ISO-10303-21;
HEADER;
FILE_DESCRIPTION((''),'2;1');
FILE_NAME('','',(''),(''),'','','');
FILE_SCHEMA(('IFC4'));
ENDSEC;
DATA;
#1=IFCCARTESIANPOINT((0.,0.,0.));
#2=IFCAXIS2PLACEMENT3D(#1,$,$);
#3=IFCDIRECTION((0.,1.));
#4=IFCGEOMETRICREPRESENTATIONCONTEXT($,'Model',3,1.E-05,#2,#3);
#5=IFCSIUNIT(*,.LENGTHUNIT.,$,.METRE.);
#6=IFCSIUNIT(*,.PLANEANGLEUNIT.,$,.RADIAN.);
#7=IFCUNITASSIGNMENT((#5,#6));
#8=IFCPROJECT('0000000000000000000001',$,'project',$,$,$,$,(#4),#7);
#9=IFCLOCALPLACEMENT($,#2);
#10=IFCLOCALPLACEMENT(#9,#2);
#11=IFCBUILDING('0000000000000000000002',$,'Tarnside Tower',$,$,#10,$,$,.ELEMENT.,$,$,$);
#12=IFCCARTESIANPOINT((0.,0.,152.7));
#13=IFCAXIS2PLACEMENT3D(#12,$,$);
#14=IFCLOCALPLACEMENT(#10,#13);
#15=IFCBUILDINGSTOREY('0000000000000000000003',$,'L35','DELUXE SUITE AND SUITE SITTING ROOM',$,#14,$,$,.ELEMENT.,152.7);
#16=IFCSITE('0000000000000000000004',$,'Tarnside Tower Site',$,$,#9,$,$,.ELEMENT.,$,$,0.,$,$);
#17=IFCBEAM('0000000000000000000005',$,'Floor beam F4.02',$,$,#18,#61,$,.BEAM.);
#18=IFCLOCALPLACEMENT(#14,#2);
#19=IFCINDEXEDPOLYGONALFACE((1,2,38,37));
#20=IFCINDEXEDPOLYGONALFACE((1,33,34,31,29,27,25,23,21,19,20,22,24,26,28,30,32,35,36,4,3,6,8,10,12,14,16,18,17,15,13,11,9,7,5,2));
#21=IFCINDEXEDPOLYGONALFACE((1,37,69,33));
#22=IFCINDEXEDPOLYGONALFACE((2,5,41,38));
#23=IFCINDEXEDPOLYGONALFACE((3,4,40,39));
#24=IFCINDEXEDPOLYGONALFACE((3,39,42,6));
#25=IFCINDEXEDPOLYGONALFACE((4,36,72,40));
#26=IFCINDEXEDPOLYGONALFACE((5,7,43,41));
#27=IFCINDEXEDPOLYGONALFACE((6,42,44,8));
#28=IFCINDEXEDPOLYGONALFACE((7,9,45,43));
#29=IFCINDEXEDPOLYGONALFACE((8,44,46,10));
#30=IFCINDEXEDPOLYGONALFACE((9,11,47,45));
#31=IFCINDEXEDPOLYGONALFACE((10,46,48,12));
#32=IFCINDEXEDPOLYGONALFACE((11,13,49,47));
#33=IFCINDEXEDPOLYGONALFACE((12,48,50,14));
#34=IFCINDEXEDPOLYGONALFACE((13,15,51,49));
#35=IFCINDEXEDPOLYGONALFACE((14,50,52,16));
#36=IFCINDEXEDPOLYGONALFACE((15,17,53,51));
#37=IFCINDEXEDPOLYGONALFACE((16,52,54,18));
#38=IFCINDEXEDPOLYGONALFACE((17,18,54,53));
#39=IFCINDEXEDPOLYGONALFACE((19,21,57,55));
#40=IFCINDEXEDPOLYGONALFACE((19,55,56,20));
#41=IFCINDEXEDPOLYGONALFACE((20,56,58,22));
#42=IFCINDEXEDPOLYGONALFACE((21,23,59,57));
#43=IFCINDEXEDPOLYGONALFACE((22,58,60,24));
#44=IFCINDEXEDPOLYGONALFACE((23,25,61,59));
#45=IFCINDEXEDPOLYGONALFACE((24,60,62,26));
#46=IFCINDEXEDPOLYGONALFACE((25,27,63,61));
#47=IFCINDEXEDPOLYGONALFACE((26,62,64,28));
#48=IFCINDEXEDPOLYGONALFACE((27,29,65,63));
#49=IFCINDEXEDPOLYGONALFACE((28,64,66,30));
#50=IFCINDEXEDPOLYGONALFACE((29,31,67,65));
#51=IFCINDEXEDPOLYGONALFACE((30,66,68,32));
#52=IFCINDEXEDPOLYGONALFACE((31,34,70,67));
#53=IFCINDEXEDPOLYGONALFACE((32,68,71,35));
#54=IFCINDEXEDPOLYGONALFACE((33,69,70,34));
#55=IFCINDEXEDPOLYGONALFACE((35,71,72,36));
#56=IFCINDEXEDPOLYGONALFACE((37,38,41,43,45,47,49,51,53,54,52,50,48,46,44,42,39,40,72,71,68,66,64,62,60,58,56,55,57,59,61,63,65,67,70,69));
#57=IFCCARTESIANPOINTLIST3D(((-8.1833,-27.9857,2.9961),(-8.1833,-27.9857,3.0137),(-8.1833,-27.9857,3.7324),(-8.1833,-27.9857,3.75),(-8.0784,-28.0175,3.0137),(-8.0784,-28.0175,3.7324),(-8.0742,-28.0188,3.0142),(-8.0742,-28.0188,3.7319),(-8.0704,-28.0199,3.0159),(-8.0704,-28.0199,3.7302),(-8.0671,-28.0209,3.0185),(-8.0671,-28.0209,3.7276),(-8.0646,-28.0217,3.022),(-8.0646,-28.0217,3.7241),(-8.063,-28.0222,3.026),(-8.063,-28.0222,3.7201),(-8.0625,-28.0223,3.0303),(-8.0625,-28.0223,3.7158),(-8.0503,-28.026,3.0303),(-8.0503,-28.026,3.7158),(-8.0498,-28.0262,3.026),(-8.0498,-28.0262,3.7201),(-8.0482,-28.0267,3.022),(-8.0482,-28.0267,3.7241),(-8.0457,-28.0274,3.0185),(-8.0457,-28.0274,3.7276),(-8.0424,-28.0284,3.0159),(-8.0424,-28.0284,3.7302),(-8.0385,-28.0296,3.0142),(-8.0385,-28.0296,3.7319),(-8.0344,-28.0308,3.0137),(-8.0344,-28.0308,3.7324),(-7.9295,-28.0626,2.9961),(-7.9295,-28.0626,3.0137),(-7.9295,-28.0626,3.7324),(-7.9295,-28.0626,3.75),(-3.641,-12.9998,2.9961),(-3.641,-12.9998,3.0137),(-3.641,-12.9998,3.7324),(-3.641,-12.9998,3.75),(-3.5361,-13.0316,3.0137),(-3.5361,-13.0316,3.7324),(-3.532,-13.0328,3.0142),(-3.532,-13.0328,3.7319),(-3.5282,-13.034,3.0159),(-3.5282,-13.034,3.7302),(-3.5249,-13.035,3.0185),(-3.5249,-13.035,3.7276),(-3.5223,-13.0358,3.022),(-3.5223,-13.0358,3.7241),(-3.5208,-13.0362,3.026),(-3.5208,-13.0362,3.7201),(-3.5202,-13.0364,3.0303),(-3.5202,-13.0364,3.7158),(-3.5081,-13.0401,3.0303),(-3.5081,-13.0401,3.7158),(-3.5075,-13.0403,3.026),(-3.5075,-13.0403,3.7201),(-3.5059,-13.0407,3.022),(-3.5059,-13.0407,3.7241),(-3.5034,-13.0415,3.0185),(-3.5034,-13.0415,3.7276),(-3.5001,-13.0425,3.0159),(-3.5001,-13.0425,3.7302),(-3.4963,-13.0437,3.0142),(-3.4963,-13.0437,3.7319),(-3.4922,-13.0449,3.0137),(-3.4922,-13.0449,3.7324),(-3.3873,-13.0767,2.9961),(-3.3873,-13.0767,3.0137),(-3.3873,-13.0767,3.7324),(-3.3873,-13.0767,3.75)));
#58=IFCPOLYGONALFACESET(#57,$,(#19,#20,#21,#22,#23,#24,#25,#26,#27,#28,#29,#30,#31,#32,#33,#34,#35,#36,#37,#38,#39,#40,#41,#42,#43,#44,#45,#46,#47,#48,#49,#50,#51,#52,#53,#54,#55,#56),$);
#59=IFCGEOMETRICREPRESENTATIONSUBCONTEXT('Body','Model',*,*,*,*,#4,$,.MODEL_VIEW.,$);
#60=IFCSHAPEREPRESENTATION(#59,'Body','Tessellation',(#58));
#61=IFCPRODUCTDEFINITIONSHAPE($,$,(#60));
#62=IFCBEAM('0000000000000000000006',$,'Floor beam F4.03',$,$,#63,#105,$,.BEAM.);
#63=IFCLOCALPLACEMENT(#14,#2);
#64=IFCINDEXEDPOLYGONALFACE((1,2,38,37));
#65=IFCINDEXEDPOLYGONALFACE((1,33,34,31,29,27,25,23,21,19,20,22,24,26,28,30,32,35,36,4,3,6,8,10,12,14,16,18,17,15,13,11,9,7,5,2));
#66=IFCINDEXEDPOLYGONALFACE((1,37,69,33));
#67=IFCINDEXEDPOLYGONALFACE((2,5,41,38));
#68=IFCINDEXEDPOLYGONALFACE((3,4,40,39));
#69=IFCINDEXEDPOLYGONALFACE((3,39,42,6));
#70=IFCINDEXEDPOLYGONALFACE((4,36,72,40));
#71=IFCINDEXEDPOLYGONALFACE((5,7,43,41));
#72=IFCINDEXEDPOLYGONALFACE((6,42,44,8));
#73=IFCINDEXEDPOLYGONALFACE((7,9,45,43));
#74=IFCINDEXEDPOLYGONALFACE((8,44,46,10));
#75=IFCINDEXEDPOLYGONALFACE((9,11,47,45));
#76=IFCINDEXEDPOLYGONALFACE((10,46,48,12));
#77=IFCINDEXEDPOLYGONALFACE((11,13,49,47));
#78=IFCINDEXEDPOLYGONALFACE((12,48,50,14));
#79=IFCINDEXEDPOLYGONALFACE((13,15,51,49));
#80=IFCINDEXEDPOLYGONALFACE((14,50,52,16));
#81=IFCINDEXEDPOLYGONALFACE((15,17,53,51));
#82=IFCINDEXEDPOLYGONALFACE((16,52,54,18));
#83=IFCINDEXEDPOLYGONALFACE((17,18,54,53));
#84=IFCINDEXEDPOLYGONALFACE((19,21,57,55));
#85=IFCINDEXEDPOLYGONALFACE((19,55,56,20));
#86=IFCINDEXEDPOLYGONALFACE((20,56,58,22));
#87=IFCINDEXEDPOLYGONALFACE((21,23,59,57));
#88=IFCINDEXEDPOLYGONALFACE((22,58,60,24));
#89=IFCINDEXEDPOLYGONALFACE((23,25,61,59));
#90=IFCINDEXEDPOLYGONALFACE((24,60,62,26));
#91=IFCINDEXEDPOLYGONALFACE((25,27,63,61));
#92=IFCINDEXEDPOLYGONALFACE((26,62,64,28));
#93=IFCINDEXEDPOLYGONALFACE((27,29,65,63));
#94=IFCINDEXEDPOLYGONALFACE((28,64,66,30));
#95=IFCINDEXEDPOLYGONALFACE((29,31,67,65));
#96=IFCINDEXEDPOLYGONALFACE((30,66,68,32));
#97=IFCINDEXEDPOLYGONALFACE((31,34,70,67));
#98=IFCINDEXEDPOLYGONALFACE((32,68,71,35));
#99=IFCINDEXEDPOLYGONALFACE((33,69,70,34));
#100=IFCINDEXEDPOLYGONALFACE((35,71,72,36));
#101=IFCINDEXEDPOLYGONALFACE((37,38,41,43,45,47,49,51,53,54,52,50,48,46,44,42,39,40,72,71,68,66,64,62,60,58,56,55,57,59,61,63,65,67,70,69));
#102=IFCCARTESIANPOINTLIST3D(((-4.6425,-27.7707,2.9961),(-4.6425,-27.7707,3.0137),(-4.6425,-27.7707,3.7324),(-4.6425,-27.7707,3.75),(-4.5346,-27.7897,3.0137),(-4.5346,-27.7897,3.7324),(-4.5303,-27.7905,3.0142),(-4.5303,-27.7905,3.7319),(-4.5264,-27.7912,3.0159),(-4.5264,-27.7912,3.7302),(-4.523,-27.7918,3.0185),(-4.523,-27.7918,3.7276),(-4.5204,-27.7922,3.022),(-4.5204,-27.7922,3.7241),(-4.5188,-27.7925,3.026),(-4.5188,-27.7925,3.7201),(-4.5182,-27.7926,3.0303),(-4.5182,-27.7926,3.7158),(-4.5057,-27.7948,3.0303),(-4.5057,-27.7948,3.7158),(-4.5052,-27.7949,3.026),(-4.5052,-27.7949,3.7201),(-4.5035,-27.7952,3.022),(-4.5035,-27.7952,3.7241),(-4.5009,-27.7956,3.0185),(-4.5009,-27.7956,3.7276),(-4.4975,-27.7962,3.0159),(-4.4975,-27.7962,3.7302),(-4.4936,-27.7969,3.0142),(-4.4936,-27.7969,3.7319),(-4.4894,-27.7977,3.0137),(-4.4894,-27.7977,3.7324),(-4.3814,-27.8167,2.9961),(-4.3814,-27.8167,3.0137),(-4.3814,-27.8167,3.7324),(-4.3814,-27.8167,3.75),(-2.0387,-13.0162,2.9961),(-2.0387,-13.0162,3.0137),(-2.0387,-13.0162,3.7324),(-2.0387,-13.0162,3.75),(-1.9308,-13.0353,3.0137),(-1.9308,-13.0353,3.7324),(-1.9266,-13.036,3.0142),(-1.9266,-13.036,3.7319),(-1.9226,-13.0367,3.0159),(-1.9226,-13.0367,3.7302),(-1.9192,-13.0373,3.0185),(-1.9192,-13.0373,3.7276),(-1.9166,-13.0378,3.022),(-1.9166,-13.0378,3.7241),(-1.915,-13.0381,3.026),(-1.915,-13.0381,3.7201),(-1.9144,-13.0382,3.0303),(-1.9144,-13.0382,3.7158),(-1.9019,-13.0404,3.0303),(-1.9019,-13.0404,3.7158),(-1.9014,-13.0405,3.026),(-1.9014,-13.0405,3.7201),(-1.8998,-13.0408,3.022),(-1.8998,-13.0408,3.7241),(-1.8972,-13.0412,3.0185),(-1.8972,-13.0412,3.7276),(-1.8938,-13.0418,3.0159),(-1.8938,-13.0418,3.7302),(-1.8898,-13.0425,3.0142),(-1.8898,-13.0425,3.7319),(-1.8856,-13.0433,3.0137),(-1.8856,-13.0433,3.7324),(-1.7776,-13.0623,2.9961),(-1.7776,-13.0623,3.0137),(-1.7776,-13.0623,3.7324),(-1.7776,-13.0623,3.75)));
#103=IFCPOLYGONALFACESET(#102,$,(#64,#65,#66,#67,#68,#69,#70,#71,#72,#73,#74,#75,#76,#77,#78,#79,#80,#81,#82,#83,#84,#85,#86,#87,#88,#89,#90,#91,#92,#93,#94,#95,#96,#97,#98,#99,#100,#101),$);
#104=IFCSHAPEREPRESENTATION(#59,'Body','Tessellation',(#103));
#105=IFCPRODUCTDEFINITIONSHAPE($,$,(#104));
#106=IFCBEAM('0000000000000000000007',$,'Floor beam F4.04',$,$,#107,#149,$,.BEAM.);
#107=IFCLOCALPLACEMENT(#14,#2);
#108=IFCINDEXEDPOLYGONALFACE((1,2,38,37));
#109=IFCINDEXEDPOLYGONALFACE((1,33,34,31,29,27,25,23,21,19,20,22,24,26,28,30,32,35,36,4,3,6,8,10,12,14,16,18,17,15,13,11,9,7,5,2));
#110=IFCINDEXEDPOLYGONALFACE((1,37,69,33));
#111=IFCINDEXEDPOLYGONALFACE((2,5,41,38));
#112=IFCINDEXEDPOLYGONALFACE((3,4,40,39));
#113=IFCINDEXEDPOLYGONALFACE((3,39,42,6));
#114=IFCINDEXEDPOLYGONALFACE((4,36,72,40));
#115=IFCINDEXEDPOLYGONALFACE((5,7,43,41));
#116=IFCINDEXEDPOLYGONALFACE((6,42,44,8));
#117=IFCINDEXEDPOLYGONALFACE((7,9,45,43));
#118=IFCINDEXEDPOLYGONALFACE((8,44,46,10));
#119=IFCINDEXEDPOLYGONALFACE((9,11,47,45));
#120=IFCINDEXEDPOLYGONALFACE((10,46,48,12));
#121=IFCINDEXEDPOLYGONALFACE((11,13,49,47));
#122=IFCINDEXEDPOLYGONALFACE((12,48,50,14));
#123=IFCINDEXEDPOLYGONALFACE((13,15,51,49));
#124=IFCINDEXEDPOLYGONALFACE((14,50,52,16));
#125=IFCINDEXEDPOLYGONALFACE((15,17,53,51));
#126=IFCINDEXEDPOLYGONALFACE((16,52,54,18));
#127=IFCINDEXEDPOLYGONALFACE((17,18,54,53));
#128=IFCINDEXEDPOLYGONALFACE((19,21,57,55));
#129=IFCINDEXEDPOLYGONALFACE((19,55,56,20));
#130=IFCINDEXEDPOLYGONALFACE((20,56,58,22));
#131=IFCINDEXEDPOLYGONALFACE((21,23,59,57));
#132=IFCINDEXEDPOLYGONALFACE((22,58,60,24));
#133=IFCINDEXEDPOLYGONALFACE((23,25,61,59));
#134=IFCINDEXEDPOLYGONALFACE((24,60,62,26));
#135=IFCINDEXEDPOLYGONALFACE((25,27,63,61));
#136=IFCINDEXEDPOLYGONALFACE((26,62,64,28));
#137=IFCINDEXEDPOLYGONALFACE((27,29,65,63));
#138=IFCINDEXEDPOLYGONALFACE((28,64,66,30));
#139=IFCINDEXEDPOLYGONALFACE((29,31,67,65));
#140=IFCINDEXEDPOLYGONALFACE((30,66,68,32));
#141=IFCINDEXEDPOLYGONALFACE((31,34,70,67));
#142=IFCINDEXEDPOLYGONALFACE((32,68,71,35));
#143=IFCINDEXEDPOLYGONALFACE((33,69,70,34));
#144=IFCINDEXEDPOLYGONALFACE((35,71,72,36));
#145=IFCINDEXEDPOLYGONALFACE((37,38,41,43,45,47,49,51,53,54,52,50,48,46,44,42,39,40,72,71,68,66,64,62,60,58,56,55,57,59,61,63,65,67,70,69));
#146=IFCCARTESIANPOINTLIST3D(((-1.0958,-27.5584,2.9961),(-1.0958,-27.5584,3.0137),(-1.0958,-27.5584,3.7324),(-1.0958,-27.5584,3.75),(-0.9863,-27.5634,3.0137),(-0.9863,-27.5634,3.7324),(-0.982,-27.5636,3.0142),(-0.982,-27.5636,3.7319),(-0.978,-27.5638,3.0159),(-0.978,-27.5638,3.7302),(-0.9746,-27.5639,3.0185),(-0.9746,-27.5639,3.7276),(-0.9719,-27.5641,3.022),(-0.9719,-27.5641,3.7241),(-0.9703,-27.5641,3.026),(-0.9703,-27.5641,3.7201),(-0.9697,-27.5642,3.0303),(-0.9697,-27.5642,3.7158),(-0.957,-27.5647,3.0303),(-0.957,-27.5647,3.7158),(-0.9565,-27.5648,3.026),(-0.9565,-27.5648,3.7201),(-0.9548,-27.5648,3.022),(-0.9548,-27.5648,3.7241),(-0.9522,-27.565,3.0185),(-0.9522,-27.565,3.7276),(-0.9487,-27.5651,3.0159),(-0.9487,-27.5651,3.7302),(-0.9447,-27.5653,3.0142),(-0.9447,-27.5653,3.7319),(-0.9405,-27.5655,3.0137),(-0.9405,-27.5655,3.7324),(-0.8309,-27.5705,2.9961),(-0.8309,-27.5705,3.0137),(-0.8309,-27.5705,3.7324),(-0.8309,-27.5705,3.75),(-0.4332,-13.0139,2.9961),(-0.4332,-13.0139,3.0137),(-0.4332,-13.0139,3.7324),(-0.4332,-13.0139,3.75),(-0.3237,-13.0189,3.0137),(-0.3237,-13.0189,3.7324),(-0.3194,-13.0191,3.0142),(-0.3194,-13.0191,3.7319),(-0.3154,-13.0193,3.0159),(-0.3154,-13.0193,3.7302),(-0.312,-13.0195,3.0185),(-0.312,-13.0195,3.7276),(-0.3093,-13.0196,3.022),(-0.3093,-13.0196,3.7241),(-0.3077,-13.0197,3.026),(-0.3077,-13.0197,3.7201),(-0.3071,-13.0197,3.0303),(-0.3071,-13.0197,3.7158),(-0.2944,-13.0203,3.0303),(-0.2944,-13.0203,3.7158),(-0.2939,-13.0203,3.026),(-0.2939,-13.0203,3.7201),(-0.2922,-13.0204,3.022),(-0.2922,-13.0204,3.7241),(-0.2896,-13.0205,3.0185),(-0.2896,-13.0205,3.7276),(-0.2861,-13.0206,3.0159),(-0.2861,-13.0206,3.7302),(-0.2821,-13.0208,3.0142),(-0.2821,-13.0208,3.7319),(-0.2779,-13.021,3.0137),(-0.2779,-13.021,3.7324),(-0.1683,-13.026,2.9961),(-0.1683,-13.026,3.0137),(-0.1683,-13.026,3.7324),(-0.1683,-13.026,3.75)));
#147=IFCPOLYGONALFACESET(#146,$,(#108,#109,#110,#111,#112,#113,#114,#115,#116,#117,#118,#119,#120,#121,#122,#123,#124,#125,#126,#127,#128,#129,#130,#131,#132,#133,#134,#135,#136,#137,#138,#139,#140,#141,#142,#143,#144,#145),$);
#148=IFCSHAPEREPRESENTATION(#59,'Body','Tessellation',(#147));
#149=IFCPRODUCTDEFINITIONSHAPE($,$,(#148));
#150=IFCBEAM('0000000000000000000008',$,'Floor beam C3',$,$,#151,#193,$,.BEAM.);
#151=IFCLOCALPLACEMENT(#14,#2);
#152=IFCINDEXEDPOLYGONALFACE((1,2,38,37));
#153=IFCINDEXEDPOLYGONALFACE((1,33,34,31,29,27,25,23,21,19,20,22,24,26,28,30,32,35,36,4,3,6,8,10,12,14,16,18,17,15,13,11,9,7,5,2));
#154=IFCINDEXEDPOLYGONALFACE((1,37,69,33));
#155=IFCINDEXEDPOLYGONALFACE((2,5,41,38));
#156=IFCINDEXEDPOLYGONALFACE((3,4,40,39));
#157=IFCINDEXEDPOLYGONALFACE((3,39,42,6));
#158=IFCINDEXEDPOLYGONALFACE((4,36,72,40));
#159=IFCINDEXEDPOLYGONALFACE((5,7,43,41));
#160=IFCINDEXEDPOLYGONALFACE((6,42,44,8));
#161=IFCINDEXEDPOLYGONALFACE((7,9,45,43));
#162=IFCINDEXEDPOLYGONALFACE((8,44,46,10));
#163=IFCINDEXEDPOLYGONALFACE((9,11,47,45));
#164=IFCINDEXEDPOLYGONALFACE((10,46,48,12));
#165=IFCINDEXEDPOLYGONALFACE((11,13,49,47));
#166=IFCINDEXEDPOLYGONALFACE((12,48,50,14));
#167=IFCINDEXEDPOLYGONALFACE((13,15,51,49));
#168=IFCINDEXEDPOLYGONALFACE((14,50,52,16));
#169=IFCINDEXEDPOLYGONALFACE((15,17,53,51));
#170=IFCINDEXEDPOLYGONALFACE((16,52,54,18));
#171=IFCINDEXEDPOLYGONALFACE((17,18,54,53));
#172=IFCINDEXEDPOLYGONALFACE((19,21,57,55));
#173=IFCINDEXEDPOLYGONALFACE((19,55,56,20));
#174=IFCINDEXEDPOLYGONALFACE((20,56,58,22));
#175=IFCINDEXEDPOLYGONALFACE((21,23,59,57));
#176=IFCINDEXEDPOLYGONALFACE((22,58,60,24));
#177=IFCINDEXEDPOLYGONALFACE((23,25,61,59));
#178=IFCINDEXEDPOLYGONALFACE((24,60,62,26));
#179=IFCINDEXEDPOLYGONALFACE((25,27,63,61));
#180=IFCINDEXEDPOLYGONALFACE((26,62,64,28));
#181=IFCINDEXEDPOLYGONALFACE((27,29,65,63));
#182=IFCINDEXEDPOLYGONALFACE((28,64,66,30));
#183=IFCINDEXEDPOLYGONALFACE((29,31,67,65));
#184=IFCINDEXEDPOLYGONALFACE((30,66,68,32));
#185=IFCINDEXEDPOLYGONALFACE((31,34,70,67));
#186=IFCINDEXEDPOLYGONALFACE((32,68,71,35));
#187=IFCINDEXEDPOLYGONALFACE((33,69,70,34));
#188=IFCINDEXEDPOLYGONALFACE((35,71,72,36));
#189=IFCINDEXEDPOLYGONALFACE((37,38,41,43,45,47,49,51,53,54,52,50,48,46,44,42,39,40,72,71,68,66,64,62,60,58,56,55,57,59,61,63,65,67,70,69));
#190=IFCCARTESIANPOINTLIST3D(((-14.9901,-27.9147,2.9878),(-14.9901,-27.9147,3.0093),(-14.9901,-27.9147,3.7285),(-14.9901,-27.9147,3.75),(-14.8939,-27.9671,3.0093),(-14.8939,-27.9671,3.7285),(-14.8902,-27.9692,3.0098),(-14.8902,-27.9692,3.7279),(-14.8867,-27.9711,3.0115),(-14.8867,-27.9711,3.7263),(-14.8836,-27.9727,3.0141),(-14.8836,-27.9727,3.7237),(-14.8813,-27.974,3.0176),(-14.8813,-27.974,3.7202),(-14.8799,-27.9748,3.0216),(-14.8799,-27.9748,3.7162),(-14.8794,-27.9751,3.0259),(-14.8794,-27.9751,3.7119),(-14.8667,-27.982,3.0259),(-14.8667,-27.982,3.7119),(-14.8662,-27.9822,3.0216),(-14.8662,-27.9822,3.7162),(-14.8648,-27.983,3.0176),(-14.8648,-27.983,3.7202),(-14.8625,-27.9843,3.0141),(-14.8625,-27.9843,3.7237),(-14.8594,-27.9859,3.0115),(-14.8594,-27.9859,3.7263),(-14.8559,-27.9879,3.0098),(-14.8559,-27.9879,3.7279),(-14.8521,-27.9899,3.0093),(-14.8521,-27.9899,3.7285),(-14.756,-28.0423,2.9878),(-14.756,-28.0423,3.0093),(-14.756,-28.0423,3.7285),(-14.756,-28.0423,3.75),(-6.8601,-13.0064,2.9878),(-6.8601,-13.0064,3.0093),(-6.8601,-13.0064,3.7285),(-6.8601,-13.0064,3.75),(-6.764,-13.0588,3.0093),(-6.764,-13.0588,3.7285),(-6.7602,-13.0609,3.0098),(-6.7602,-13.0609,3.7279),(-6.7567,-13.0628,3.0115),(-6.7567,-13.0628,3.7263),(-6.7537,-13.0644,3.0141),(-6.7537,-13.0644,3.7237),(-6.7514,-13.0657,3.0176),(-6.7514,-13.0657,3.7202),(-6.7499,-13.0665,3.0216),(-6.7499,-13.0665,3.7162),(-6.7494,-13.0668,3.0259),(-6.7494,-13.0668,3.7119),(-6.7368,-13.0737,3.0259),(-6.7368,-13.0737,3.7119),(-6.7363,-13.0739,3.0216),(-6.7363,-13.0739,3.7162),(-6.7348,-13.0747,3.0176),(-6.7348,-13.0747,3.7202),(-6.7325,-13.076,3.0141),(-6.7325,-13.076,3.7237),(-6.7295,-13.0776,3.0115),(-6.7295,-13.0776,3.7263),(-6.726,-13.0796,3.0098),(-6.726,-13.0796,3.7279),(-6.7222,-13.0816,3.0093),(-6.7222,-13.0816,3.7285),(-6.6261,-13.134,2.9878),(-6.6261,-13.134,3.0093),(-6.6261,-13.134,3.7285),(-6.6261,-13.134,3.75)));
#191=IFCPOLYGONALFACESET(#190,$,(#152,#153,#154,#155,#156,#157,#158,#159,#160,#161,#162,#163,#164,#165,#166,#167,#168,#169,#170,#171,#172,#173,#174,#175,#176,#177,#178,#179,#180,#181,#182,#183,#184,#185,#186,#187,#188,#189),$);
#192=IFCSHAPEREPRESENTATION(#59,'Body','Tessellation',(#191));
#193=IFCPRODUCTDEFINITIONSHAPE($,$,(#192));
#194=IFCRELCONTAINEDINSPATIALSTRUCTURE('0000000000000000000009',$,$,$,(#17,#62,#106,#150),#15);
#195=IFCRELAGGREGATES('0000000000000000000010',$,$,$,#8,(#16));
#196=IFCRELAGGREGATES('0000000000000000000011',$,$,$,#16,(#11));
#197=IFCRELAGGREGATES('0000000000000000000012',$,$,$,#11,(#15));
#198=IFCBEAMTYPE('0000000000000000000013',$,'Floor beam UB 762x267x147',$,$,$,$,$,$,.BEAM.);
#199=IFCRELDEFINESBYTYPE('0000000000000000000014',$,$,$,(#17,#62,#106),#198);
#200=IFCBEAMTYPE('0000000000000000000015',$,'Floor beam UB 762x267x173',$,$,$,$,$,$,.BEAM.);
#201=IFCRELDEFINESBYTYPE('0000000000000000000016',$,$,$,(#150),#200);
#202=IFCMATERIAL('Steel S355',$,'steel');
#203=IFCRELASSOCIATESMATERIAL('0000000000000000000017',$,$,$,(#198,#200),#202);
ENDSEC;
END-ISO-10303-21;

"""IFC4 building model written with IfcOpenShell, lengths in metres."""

from ifc_helpers import new_model, si_unit, direction, frame, origin, origin_2d, place, context, subcontext, project, spatial, i_section, extrude, material, material_profile, profile_set, type_object, element, save


model = new_model("IFC4")

# Units and contexts
model_context = context("Model", 3, precision=1e-05, world=origin(), true_north=direction((0.0, 1.0)))
body_context = subcontext(model_context, "Body", "Model", "MODEL_VIEW")
ifc_project = project(units=[si_unit("LENGTHUNIT", "METRE"), si_unit("PLANEANGLEUNIT", "RADIAN")], contexts=[model_context])

# Site, building, storey
site_placement = place(None, origin())
site = spatial("IfcSite", under=ifc_project, at=site_placement, Name="Tarnside Tower Site", CompositionType="ELEMENT", RefElevation=0.0)
building_placement = place(site_placement, origin())
building = spatial("IfcBuilding", under=site, at=building_placement, Name="Tarnside Tower", CompositionType="ELEMENT")
storey_placement = place(building_placement, frame((0.0, 0.0, 152.7)))
storey = spatial("IfcBuildingStorey", under=building, at=storey_placement, Name="L35", Description="DELUXE SUITE AND SUITE SITTING ROOM", CompositionType="ELEMENT", Elevation=152.7)

# Beams
ifc_material_1 = material(Name="Steel S355", Category="steel")
ifc_material_profile_1 = material_profile(ifc_material_1, i_section(OverallWidth=0.2651, OverallDepth=0.7539, WebThickness=0.0127, FlangeThickness=0.0176, FilletRadius=0.0166, at=origin_2d()), Name="UB 762x267x147")
ifc_profile_set_1 = profile_set([ifc_material_profile_1], Name="Steel S355")
beam_type_1 = type_object("IfcBeamType", Name="Floor beam UB 762x267x147", PredefinedType="BEAM", material=ifc_profile_set_1)
beam_1_placement = place(storey_placement, frame((-8.0564, -28.0242, 3.373), z_axis=(0.29007, 0.957005, 0.0), x_axis=(-0.957005, 0.29007, 0.0)))
element("IfcBeam", 1, at=beam_1_placement, inside=storey, type_object=beam_type_1, Name="Floor beam F4.02", PredefinedType="BEAM", context=body_context, shape_type="SweptSolid", body=[
    extrude(i_section(OverallWidth=0.2651, OverallDepth=0.7539, WebThickness=0.0127, FlangeThickness=0.0176, FilletRadius=0.0166, at=origin_2d()), origin(), (0.0, 0.0, 1.0), 15.6592),
])
beam_2_placement = place(storey_placement, frame((-4.512, -27.7937, 3.373), z_axis=(0.173788, 0.984783, 0.0), x_axis=(-0.984783, 0.173788, 0.0)))
element("IfcBeam", 2, at=beam_2_placement, inside=storey, type_object=beam_type_1, Name="Floor beam F4.03", PredefinedType="BEAM", context=body_context, shape_type="SweptSolid", body=[
    extrude(i_section(OverallWidth=0.2651, OverallDepth=0.7539, WebThickness=0.0127, FlangeThickness=0.0176, FilletRadius=0.0166, at=origin_2d()), origin(), (0.0, 0.0, 1.0), 14.9824),
])
beam_3_placement = place(storey_placement, frame((-0.9634, -27.5645, 3.373), z_axis=(0.04551, 0.998964, 0.0), x_axis=(-0.998964, 0.04551, 0.0)))
element("IfcBeam", 3, at=beam_3_placement, inside=storey, type_object=beam_type_1, Name="Floor beam F4.04", PredefinedType="BEAM", context=body_context, shape_type="SweptSolid", body=[
    extrude(i_section(OverallWidth=0.2651, OverallDepth=0.7539, WebThickness=0.0127, FlangeThickness=0.0176, FilletRadius=0.0166, at=origin_2d()), origin(), (0.0, 0.0, 1.0), 14.5596),
])
ifc_material_profile_2 = material_profile(ifc_material_1, i_section(OverallWidth=0.2666, OverallDepth=0.7622, WebThickness=0.0144, FlangeThickness=0.0215, FilletRadius=0.0166, at=origin_2d()), Name="UB 762x267x173")
ifc_profile_set_2 = profile_set([ifc_material_profile_2], Name="Steel S355")
beam_type_2 = type_object("IfcBeamType", Name="Floor beam UB 762x267x173", PredefinedType="BEAM", material=ifc_profile_set_2)
beam_4_placement = place(storey_placement, frame((-14.873, -27.9785, 3.3689), z_axis=(0.478768, 0.877942, 0.0), x_axis=(-0.877942, 0.478768, 0.0)))
element("IfcBeam", 4, at=beam_4_placement, inside=storey, type_object=beam_type_2, Name="Floor beam C3", PredefinedType="BEAM", context=body_context, shape_type="SweptSolid", body=[
    extrude(i_section(OverallWidth=0.2666, OverallDepth=0.7622, WebThickness=0.0144, FlangeThickness=0.0215, FilletRadius=0.0166, at=origin_2d()), origin(), (0.0, 0.0, 1.0), 16.981),
])

save(model, "model.ifc")
